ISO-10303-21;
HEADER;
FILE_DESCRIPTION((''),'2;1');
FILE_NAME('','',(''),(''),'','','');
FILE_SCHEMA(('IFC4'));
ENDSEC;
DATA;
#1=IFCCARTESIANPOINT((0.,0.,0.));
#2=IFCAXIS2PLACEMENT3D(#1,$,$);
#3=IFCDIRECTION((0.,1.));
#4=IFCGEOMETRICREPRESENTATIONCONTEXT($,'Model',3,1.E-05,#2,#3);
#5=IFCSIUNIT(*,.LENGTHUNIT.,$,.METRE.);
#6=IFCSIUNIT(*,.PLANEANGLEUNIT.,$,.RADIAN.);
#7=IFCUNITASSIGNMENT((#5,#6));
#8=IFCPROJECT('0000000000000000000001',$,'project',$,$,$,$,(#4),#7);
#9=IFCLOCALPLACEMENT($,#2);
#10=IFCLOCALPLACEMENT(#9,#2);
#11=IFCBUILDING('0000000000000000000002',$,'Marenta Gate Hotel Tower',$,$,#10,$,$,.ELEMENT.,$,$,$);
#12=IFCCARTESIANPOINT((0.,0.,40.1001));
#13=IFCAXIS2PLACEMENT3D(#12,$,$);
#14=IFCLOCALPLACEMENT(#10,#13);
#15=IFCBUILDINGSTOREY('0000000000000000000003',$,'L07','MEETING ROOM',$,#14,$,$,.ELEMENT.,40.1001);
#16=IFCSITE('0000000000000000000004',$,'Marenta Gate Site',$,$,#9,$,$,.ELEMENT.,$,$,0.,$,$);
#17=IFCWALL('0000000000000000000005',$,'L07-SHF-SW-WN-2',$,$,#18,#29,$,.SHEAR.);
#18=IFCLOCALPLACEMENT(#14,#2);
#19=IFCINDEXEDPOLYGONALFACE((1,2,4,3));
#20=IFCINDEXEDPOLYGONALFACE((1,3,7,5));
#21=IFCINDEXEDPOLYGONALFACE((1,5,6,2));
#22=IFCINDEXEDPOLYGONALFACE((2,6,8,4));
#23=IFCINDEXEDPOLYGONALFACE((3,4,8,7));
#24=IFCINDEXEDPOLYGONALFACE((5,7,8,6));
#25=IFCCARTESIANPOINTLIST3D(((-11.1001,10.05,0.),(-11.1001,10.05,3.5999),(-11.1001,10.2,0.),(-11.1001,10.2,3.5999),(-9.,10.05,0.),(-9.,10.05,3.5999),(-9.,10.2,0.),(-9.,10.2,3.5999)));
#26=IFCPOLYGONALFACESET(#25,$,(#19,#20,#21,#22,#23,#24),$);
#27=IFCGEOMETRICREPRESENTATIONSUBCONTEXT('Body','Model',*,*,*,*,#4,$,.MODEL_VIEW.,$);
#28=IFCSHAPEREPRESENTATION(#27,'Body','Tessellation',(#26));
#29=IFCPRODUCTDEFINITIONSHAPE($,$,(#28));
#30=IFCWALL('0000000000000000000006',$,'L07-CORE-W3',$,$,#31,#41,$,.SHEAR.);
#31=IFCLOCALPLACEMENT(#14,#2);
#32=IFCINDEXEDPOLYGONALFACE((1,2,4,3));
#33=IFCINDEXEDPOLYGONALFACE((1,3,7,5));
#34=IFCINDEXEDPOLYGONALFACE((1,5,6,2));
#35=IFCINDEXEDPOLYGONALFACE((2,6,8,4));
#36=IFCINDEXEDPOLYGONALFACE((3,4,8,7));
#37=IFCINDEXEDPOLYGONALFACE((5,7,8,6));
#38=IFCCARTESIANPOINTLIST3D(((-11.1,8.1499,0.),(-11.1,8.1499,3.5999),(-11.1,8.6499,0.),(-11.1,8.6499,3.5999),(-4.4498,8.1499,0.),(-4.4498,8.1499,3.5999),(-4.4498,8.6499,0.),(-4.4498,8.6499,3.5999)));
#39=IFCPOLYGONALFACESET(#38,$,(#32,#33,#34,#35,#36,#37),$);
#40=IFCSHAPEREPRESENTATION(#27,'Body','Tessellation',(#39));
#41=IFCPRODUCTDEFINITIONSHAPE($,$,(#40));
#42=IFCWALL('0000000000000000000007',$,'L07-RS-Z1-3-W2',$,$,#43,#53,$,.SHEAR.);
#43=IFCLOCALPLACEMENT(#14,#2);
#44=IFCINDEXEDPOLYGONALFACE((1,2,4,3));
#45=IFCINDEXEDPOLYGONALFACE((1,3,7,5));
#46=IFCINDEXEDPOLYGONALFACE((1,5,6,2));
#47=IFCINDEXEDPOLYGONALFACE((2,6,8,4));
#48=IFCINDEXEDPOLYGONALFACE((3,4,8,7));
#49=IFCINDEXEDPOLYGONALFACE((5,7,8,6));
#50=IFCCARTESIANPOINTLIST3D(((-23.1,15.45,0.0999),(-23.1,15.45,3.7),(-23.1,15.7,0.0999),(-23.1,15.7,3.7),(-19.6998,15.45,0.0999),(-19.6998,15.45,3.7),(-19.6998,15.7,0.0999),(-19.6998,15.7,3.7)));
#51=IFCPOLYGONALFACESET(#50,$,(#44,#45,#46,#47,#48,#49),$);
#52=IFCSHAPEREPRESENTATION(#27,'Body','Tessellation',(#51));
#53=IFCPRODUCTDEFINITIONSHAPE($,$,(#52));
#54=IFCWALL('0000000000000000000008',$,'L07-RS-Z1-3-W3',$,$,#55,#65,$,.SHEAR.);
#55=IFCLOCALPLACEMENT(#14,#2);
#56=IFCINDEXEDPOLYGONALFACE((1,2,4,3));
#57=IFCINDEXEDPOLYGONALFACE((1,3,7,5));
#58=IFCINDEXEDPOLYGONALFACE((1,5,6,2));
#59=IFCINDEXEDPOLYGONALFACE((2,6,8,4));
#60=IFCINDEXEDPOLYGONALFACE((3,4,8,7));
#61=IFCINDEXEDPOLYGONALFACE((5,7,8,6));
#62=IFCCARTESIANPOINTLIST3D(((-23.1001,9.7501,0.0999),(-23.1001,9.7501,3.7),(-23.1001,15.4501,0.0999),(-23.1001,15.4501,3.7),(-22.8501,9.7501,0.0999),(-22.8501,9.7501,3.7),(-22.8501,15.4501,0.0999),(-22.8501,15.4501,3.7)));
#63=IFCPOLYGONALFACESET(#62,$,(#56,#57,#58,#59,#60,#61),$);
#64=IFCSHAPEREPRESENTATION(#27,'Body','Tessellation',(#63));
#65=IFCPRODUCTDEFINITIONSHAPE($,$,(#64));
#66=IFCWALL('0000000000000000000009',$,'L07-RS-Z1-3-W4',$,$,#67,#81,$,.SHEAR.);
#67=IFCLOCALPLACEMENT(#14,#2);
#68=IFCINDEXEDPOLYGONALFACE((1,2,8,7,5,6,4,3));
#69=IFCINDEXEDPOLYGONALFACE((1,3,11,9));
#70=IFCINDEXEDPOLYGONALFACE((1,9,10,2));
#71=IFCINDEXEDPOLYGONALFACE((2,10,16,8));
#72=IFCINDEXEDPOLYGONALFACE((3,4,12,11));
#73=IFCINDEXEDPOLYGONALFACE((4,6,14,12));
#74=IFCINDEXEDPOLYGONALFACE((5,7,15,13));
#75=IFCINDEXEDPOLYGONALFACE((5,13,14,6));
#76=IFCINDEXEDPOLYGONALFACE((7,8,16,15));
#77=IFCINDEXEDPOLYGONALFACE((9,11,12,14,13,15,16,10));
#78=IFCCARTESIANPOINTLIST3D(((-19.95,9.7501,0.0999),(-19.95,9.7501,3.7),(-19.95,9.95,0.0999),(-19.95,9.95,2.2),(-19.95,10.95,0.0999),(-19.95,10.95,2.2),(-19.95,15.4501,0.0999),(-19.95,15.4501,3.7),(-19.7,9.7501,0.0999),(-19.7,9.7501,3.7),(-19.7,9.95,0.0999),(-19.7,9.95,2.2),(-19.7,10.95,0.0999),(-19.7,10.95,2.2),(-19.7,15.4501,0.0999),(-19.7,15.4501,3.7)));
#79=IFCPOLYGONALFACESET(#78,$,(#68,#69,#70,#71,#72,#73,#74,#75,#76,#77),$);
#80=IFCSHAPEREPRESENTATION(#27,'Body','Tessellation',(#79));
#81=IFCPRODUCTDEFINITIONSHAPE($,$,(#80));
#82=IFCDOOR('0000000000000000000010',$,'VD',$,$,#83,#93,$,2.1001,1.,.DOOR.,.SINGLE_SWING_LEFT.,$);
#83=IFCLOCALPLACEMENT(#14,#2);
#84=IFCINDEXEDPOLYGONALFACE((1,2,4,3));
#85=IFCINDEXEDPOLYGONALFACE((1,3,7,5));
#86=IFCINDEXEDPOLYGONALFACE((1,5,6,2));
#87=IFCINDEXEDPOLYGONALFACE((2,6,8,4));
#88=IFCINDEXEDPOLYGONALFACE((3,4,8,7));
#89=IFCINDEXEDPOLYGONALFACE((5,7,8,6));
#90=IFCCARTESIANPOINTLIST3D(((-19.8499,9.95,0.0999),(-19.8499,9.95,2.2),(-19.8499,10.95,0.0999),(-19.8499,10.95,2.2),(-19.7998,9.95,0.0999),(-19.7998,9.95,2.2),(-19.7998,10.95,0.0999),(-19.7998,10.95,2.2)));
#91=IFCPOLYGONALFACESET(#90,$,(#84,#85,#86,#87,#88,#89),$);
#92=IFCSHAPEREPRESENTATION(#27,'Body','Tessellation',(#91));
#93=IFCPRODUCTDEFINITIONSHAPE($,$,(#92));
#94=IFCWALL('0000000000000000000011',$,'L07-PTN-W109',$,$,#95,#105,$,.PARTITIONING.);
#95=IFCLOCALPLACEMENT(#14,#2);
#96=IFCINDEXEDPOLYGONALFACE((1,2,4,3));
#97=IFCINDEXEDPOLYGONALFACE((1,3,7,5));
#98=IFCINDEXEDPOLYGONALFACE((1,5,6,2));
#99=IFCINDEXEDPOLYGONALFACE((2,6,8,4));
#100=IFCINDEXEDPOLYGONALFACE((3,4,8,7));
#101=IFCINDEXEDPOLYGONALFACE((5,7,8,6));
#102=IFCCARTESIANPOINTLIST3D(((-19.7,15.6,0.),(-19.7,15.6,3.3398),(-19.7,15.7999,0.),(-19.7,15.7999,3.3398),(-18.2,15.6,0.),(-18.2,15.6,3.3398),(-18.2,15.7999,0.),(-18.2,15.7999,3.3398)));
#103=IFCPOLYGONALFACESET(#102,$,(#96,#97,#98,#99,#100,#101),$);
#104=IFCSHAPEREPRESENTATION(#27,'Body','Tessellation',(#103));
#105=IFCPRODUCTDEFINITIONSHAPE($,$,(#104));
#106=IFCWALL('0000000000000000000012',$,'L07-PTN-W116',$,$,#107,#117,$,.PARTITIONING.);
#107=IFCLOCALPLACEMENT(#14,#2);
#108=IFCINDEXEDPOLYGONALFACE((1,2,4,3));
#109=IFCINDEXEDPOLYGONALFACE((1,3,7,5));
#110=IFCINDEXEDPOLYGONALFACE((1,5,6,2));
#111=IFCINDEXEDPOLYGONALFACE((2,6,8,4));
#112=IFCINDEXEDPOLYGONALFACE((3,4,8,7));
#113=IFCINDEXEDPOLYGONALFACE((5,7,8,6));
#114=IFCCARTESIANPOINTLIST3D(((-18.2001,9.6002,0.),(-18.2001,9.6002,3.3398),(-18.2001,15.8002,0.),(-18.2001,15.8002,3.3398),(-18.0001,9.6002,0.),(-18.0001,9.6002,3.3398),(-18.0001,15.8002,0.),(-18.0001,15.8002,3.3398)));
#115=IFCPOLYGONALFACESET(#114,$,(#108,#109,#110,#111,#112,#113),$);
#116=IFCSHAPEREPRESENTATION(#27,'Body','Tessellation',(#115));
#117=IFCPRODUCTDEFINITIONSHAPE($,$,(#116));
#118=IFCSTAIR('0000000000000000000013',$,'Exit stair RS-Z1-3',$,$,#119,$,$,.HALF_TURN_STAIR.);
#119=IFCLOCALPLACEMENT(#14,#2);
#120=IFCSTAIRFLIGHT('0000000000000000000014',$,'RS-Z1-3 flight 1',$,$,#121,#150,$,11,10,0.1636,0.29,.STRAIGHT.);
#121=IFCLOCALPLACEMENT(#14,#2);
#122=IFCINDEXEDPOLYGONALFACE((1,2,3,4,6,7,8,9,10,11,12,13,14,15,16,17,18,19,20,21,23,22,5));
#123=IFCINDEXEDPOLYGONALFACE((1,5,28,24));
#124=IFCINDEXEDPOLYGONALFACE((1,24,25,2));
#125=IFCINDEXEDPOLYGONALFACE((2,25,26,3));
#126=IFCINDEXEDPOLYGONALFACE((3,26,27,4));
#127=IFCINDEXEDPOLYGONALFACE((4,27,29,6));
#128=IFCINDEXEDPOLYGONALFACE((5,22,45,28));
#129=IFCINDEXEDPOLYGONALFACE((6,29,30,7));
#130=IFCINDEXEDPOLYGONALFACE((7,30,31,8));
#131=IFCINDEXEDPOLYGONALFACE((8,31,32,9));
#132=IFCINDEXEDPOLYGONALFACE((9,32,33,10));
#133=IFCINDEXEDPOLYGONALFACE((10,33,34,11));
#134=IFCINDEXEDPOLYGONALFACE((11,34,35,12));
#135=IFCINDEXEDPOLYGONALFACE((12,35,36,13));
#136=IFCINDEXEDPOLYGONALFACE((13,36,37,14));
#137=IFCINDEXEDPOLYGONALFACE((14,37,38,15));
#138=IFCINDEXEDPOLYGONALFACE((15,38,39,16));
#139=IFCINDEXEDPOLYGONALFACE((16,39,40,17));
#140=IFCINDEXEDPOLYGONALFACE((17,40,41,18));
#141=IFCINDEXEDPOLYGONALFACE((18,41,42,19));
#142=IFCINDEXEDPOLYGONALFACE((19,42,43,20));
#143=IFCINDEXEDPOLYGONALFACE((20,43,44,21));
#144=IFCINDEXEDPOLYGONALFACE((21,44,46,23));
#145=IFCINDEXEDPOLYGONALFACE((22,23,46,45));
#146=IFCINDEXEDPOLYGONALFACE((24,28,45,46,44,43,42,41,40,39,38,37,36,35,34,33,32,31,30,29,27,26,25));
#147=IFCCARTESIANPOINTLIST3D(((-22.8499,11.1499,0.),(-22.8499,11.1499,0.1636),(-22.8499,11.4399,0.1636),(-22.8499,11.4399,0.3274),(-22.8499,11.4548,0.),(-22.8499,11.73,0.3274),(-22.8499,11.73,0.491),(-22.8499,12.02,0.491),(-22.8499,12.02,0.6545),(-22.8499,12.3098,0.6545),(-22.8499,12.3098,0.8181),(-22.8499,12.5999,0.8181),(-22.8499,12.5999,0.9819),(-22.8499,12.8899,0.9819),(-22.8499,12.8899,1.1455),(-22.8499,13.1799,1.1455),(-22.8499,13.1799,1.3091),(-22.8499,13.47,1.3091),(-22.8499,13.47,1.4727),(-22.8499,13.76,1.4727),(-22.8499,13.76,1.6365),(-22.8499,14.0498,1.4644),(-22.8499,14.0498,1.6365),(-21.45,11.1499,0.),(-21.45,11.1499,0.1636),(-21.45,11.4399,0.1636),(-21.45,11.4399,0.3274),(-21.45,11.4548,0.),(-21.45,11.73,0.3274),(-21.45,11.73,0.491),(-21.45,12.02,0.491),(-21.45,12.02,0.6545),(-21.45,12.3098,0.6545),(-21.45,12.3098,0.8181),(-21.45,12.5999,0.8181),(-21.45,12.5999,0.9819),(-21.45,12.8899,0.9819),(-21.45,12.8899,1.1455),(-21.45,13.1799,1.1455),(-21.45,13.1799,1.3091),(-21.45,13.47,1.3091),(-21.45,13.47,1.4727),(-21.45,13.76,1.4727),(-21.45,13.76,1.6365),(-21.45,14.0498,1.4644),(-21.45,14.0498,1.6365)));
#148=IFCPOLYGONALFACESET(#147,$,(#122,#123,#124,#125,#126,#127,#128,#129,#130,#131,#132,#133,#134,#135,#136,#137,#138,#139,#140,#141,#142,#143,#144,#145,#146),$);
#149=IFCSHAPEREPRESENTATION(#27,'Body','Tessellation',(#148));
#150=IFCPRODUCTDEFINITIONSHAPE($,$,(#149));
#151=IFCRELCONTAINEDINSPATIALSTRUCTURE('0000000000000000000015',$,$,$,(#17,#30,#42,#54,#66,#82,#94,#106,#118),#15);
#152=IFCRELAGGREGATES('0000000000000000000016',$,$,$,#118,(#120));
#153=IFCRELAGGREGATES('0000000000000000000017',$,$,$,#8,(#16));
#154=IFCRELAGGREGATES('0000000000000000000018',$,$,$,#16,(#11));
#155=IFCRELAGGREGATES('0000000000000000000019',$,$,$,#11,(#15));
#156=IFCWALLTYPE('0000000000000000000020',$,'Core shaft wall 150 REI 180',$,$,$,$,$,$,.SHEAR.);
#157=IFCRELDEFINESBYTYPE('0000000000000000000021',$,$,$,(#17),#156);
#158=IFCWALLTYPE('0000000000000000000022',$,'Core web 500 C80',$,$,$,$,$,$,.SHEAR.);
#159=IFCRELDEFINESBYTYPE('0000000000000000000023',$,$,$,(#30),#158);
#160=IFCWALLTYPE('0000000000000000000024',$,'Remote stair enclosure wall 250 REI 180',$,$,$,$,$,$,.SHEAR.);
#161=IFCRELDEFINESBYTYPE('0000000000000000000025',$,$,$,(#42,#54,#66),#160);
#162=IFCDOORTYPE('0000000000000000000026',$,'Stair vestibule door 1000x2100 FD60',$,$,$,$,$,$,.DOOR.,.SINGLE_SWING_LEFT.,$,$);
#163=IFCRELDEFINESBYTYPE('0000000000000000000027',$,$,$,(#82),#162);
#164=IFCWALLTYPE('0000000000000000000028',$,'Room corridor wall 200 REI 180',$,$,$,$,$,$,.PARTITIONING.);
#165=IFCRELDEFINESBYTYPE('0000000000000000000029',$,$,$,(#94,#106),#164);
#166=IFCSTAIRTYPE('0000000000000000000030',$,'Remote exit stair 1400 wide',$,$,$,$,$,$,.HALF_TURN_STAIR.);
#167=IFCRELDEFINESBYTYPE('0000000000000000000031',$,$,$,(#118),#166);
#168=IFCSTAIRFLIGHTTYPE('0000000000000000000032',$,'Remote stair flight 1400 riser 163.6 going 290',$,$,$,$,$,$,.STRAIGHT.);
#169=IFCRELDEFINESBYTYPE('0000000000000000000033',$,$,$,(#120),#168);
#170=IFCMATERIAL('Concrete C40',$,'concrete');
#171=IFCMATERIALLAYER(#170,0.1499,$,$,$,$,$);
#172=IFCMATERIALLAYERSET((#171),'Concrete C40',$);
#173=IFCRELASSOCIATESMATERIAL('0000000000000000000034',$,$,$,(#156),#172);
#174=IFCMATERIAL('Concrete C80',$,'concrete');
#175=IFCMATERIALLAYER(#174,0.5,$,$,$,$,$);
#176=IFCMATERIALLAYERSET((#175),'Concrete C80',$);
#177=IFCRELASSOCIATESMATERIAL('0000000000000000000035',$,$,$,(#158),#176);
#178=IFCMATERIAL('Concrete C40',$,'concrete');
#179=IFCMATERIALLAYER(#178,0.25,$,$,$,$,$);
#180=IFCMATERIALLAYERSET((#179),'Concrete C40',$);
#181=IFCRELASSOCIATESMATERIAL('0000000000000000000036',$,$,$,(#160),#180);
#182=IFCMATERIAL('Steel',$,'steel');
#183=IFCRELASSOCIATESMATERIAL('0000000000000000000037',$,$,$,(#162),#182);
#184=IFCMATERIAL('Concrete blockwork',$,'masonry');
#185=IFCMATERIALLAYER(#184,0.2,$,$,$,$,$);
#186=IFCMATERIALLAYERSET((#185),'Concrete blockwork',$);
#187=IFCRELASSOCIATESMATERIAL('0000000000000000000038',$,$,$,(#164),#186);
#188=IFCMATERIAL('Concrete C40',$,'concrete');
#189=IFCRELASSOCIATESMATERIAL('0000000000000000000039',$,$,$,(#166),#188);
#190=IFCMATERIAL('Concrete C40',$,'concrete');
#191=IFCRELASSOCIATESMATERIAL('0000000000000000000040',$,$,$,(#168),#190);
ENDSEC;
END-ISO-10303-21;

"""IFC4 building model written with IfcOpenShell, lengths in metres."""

from ifc_helpers import new_model, si_unit, direction, frame, frame_2d, origin, place, context, subcontext, project, spatial, polyline, rectangle, outline, extrude, material, layer, layer_set, type_object, element, fill, aggregate, save


model = new_model("IFC4")

# Units and contexts
model_context = context("Model", 3, precision=1e-05, world=origin(), true_north=direction((0.0, 1.0)))
body_context = subcontext(model_context, "Body", "Model", "MODEL_VIEW")
ifc_project = project(units=[si_unit("LENGTHUNIT", "METRE"), si_unit("PLANEANGLEUNIT", "RADIAN")], contexts=[model_context])

# Site, building, storey
site_placement = place(None, origin())
site = spatial("IfcSite", under=ifc_project, at=site_placement, Name="Marenta Gate Site", CompositionType="ELEMENT", RefElevation=0.0)
building_placement = place(site_placement, origin())
building = spatial("IfcBuilding", under=site, at=building_placement, Name="Marenta Gate Hotel Tower", CompositionType="ELEMENT")
storey_placement = place(building_placement, frame((0.0, 0.0, 40.1001)))
storey = spatial("IfcBuildingStorey", under=building, at=storey_placement, Name="L07", Description="MEETING ROOM", CompositionType="ELEMENT", Elevation=40.1001)

# Walls
ifc_material_1 = material(Name="Concrete C40", Category="concrete")
ifc_layer_1 = layer(ifc_material_1, 0.1499)
ifc_layer_set_1 = layer_set([ifc_layer_1], Name="Concrete C40")
wall_type_1 = type_object("IfcWallType", Name="Core shaft wall 150 REI 180", PredefinedType="SHEAR", material=ifc_layer_set_1)
for number, where, z_axis, x_axis, name in (
    (1, (-11.1001, 10.125, 0.0), (0.0, 0.0, 1.0), (1.0, 0.0, 0.0), "L07-SHF-SW-WN-2"),
):
    element("IfcWall", number, at=place(storey_placement, frame(where, z_axis=z_axis, x_axis=x_axis)), inside=storey, type_object=wall_type_1, Name=name, PredefinedType="SHEAR", context=body_context, shape_type="SweptSolid", body=[
        extrude(rectangle(XDim=2.1001, YDim=0.1499, at=frame_2d((1.05, 0.0))), origin(), (0.0, 0.0, 1.0), 3.5999),
    ])
ifc_material_2 = material(Name="Concrete C80", Category="concrete")
ifc_layer_2 = layer(ifc_material_2, 0.5)
ifc_layer_set_2 = layer_set([ifc_layer_2], Name="Concrete C80")
wall_type_2 = type_object("IfcWallType", Name="Core web 500 C80", PredefinedType="SHEAR", material=ifc_layer_set_2)
wall_1_placement = place(storey_placement, frame((-11.1001, 8.3999, 0.0), z_axis=(0.0, 0.0, 1.0), x_axis=(1.0, 0.0, 0.0)))
element("IfcWall", 2, at=wall_1_placement, inside=storey, type_object=wall_type_2, Name="L07-CORE-W3", PredefinedType="SHEAR", context=body_context, shape_type="SweptSolid", body=[
    extrude(rectangle(XDim=6.6501, YDim=0.5, at=frame_2d((3.3252, 0.0))), origin(), (0.0, 0.0, 1.0), 3.5999),
])
ifc_material_3 = material(Name="Concrete C40", Category="concrete")
ifc_layer_3 = layer(ifc_material_3, 0.25)
ifc_layer_set_3 = layer_set([ifc_layer_3], Name="Concrete C40")
wall_type_3 = type_object("IfcWallType", Name="Remote stair enclosure wall 250 REI 180", PredefinedType="SHEAR", material=ifc_layer_set_3)
wall_2_placement = place(storey_placement, frame((-23.1001, 15.575, 0.0999), z_axis=(0.0, 0.0, 1.0), x_axis=(1.0, 0.0, 0.0)))
element("IfcWall", 3, at=wall_2_placement, inside=storey, type_object=wall_type_3, Name="L07-RS-Z1-3-W2", PredefinedType="SHEAR", context=body_context, shape_type="SweptSolid", body=[
    extrude(rectangle(XDim=3.4001, YDim=0.25, at=frame_2d((1.7002, 0.0))), origin(), (0.0, 0.0, 1.0), 3.6001),
])
wall_3_placement = place(storey_placement, frame((-22.9751, 9.75, 0.0999), z_axis=(0.0, 0.0, 1.0), x_axis=(0.0, 1.0, 0.0)))
element("IfcWall", 4, at=wall_3_placement, inside=storey, type_object=wall_type_3, Name="L07-RS-Z1-3-W3", PredefinedType="SHEAR", context=body_context, shape_type="SweptSolid", body=[
    extrude(rectangle(XDim=5.7, YDim=0.25, at=frame_2d((2.8501, 0.0))), origin(), (0.0, 0.0, 1.0), 3.6001),
])

# Wall, opening, door
wall_4_placement = place(storey_placement, frame((-19.825, 9.75, 0.0999), z_axis=(0.0, 0.0, 1.0), x_axis=(0.0, 1.0, 0.0)))
wall_4 = element("IfcWall", 5, at=wall_4_placement, inside=storey, type_object=wall_type_3, Name="L07-RS-Z1-3-W4", PredefinedType="SHEAR", context=body_context, shape_type="SweptSolid", body=[
    extrude(rectangle(XDim=5.7, YDim=0.25, at=frame_2d((2.8501, 0.0))), origin(), (0.0, 0.0, 1.0), 3.6001),
])
opening_1_placement = place(wall_4_placement, frame((0.2, 0.0, 0.0)))
opening_1 = element("IfcOpeningElement", 6, at=opening_1_placement, cuts=wall_4, PredefinedType="OPENING", context=body_context, shape_type="SweptSolid", body=[
    extrude(rectangle(XDim=1.0, YDim=2.1001, at=frame_2d((0.5, 1.05))), frame((0.0, 0.125, 0.0), z_axis=(0.0, -1.0, 0.0), x_axis=(1.0, 0.0, 0.0)), (0.0, 0.0, 1.0), 0.25),
])
ifc_material_4 = material(Name="Steel", Category="steel")
door_type_1 = type_object("IfcDoorType", Name="Stair vestibule door 1000x2100 FD60", OperationType="SINGLE_SWING_LEFT", PredefinedType="DOOR", material=ifc_material_4)
door_1_placement = place(opening_1_placement, origin())
door_1 = element("IfcDoor", 7, at=door_1_placement, inside=storey, type_object=door_type_1, Name="VD", OperationType="SINGLE_SWING_LEFT", OverallHeight=2.1001, OverallWidth=1.0, PredefinedType="DOOR", context=body_context, shape_type="SweptSolid", body=[
    extrude(rectangle(XDim=1.0, YDim=2.1001, at=frame_2d((0.5, 1.05))), frame((0.0, 0.0249, 0.0), z_axis=(0.0, -1.0, 0.0), x_axis=(1.0, 0.0, 0.0)), (0.0, 0.0, 1.0), 0.05),
])
fill(opening_1, door_1)

# Shared definitions
ifc_material_5 = material(Name="Concrete blockwork", Category="masonry")
ifc_layer_4 = layer(ifc_material_5, 0.2)
ifc_layer_set_4 = layer_set([ifc_layer_4], Name="Concrete blockwork")
wall_type_4 = type_object("IfcWallType", Name="Room corridor wall 200 REI 180", PredefinedType="PARTITIONING", material=ifc_layer_set_4)

# Walls
wall_5_placement = place(storey_placement, frame((-19.7, 15.7, 0.0), z_axis=(0.0, 0.0, 1.0), x_axis=(1.0, 0.0, 0.0)))
element("IfcWall", 8, at=wall_5_placement, inside=storey, type_object=wall_type_4, Name="L07-PTN-W109", PredefinedType="PARTITIONING", context=body_context, shape_type="SweptSolid", body=[
    extrude(rectangle(XDim=1.5, YDim=0.2, at=frame_2d((0.75, 0.0))), origin(), (0.0, 0.0, 1.0), 3.3398),
])
wall_6_placement = place(storey_placement, frame((-18.1001, 9.6001, 0.0), z_axis=(0.0, 0.0, 1.0), x_axis=(0.0, 1.0, 0.0)))
element("IfcWall", 9, at=wall_6_placement, inside=storey, type_object=wall_type_4, Name="L07-PTN-W116", PredefinedType="PARTITIONING", context=body_context, shape_type="SweptSolid", body=[
    extrude(rectangle(XDim=6.2, YDim=0.2, at=frame_2d((3.1001, 0.0))), origin(), (0.0, 0.0, 1.0), 3.3398),
])

# Stair, stair flight
ifc_material_6 = material(Name="Concrete C40", Category="concrete")
stair_type = type_object("IfcStairType", Name="Remote exit stair 1400 wide", PredefinedType="HALF_TURN_STAIR", material=ifc_material_6)
stair_placement = place(storey_placement, origin())
stair = element("IfcStair", 10, at=stair_placement, inside=storey, type_object=stair_type, Name="Exit stair RS-Z1-3", PredefinedType="HALF_TURN_STAIR")
ifc_material_7 = material(Name="Concrete C40", Category="concrete")
stair_flight_type = type_object("IfcStairFlightType", Name="Remote stair flight 1400 riser 163.6 going 290", PredefinedType="STRAIGHT", material=ifc_material_7)
stair_flight_1_placement = place(storey_placement, frame((-22.1499, 11.1499, 0.0), z_axis=(0.0, 0.0, 1.0), x_axis=(0.0, 1.0, 0.0)))
stair_flight_1 = element("IfcStairFlight", 11, at=stair_flight_1_placement, type_object=stair_flight_type, Name="RS-Z1-3 flight 1", NumberOfRisers=11, NumberOfTreads=10, PredefinedType="STRAIGHT", RiserHeight=0.1636, TreadLength=0.29, context=body_context, shape_type="SweptSolid", body=[
    extrude(outline(polyline([(0.0, 0.0), (0.0, 0.1636), (0.29, 0.1636), (0.29, 0.3274), (0.5801, 0.3274), (0.5801, 0.491), (0.8701, 0.491), (0.8701, 0.6545), (1.1599, 0.6545), (1.1599, 0.8181), (1.45, 0.8181), (1.45, 0.9819), (1.74, 0.9819), (1.74, 1.1455), (2.03, 1.1455), (2.03, 1.3091), (2.3201, 1.3091), (2.3201, 1.4727), (2.6101, 1.4727), (2.6101, 1.6365), (2.8999, 1.6365), (2.8999, 1.8), (2.8999, 1.4644), (0.3049, 0.0), (0.0, 0.0)])), frame((0.0, 0.7, 0.0), z_axis=(0.0, -1.0, 0.0), x_axis=(1.0, 0.0, 0.0)), (0.0, 0.0, 1.0), 1.3999),
])
aggregate(stair, [stair_flight_1])

save(model, "model.ifc")
